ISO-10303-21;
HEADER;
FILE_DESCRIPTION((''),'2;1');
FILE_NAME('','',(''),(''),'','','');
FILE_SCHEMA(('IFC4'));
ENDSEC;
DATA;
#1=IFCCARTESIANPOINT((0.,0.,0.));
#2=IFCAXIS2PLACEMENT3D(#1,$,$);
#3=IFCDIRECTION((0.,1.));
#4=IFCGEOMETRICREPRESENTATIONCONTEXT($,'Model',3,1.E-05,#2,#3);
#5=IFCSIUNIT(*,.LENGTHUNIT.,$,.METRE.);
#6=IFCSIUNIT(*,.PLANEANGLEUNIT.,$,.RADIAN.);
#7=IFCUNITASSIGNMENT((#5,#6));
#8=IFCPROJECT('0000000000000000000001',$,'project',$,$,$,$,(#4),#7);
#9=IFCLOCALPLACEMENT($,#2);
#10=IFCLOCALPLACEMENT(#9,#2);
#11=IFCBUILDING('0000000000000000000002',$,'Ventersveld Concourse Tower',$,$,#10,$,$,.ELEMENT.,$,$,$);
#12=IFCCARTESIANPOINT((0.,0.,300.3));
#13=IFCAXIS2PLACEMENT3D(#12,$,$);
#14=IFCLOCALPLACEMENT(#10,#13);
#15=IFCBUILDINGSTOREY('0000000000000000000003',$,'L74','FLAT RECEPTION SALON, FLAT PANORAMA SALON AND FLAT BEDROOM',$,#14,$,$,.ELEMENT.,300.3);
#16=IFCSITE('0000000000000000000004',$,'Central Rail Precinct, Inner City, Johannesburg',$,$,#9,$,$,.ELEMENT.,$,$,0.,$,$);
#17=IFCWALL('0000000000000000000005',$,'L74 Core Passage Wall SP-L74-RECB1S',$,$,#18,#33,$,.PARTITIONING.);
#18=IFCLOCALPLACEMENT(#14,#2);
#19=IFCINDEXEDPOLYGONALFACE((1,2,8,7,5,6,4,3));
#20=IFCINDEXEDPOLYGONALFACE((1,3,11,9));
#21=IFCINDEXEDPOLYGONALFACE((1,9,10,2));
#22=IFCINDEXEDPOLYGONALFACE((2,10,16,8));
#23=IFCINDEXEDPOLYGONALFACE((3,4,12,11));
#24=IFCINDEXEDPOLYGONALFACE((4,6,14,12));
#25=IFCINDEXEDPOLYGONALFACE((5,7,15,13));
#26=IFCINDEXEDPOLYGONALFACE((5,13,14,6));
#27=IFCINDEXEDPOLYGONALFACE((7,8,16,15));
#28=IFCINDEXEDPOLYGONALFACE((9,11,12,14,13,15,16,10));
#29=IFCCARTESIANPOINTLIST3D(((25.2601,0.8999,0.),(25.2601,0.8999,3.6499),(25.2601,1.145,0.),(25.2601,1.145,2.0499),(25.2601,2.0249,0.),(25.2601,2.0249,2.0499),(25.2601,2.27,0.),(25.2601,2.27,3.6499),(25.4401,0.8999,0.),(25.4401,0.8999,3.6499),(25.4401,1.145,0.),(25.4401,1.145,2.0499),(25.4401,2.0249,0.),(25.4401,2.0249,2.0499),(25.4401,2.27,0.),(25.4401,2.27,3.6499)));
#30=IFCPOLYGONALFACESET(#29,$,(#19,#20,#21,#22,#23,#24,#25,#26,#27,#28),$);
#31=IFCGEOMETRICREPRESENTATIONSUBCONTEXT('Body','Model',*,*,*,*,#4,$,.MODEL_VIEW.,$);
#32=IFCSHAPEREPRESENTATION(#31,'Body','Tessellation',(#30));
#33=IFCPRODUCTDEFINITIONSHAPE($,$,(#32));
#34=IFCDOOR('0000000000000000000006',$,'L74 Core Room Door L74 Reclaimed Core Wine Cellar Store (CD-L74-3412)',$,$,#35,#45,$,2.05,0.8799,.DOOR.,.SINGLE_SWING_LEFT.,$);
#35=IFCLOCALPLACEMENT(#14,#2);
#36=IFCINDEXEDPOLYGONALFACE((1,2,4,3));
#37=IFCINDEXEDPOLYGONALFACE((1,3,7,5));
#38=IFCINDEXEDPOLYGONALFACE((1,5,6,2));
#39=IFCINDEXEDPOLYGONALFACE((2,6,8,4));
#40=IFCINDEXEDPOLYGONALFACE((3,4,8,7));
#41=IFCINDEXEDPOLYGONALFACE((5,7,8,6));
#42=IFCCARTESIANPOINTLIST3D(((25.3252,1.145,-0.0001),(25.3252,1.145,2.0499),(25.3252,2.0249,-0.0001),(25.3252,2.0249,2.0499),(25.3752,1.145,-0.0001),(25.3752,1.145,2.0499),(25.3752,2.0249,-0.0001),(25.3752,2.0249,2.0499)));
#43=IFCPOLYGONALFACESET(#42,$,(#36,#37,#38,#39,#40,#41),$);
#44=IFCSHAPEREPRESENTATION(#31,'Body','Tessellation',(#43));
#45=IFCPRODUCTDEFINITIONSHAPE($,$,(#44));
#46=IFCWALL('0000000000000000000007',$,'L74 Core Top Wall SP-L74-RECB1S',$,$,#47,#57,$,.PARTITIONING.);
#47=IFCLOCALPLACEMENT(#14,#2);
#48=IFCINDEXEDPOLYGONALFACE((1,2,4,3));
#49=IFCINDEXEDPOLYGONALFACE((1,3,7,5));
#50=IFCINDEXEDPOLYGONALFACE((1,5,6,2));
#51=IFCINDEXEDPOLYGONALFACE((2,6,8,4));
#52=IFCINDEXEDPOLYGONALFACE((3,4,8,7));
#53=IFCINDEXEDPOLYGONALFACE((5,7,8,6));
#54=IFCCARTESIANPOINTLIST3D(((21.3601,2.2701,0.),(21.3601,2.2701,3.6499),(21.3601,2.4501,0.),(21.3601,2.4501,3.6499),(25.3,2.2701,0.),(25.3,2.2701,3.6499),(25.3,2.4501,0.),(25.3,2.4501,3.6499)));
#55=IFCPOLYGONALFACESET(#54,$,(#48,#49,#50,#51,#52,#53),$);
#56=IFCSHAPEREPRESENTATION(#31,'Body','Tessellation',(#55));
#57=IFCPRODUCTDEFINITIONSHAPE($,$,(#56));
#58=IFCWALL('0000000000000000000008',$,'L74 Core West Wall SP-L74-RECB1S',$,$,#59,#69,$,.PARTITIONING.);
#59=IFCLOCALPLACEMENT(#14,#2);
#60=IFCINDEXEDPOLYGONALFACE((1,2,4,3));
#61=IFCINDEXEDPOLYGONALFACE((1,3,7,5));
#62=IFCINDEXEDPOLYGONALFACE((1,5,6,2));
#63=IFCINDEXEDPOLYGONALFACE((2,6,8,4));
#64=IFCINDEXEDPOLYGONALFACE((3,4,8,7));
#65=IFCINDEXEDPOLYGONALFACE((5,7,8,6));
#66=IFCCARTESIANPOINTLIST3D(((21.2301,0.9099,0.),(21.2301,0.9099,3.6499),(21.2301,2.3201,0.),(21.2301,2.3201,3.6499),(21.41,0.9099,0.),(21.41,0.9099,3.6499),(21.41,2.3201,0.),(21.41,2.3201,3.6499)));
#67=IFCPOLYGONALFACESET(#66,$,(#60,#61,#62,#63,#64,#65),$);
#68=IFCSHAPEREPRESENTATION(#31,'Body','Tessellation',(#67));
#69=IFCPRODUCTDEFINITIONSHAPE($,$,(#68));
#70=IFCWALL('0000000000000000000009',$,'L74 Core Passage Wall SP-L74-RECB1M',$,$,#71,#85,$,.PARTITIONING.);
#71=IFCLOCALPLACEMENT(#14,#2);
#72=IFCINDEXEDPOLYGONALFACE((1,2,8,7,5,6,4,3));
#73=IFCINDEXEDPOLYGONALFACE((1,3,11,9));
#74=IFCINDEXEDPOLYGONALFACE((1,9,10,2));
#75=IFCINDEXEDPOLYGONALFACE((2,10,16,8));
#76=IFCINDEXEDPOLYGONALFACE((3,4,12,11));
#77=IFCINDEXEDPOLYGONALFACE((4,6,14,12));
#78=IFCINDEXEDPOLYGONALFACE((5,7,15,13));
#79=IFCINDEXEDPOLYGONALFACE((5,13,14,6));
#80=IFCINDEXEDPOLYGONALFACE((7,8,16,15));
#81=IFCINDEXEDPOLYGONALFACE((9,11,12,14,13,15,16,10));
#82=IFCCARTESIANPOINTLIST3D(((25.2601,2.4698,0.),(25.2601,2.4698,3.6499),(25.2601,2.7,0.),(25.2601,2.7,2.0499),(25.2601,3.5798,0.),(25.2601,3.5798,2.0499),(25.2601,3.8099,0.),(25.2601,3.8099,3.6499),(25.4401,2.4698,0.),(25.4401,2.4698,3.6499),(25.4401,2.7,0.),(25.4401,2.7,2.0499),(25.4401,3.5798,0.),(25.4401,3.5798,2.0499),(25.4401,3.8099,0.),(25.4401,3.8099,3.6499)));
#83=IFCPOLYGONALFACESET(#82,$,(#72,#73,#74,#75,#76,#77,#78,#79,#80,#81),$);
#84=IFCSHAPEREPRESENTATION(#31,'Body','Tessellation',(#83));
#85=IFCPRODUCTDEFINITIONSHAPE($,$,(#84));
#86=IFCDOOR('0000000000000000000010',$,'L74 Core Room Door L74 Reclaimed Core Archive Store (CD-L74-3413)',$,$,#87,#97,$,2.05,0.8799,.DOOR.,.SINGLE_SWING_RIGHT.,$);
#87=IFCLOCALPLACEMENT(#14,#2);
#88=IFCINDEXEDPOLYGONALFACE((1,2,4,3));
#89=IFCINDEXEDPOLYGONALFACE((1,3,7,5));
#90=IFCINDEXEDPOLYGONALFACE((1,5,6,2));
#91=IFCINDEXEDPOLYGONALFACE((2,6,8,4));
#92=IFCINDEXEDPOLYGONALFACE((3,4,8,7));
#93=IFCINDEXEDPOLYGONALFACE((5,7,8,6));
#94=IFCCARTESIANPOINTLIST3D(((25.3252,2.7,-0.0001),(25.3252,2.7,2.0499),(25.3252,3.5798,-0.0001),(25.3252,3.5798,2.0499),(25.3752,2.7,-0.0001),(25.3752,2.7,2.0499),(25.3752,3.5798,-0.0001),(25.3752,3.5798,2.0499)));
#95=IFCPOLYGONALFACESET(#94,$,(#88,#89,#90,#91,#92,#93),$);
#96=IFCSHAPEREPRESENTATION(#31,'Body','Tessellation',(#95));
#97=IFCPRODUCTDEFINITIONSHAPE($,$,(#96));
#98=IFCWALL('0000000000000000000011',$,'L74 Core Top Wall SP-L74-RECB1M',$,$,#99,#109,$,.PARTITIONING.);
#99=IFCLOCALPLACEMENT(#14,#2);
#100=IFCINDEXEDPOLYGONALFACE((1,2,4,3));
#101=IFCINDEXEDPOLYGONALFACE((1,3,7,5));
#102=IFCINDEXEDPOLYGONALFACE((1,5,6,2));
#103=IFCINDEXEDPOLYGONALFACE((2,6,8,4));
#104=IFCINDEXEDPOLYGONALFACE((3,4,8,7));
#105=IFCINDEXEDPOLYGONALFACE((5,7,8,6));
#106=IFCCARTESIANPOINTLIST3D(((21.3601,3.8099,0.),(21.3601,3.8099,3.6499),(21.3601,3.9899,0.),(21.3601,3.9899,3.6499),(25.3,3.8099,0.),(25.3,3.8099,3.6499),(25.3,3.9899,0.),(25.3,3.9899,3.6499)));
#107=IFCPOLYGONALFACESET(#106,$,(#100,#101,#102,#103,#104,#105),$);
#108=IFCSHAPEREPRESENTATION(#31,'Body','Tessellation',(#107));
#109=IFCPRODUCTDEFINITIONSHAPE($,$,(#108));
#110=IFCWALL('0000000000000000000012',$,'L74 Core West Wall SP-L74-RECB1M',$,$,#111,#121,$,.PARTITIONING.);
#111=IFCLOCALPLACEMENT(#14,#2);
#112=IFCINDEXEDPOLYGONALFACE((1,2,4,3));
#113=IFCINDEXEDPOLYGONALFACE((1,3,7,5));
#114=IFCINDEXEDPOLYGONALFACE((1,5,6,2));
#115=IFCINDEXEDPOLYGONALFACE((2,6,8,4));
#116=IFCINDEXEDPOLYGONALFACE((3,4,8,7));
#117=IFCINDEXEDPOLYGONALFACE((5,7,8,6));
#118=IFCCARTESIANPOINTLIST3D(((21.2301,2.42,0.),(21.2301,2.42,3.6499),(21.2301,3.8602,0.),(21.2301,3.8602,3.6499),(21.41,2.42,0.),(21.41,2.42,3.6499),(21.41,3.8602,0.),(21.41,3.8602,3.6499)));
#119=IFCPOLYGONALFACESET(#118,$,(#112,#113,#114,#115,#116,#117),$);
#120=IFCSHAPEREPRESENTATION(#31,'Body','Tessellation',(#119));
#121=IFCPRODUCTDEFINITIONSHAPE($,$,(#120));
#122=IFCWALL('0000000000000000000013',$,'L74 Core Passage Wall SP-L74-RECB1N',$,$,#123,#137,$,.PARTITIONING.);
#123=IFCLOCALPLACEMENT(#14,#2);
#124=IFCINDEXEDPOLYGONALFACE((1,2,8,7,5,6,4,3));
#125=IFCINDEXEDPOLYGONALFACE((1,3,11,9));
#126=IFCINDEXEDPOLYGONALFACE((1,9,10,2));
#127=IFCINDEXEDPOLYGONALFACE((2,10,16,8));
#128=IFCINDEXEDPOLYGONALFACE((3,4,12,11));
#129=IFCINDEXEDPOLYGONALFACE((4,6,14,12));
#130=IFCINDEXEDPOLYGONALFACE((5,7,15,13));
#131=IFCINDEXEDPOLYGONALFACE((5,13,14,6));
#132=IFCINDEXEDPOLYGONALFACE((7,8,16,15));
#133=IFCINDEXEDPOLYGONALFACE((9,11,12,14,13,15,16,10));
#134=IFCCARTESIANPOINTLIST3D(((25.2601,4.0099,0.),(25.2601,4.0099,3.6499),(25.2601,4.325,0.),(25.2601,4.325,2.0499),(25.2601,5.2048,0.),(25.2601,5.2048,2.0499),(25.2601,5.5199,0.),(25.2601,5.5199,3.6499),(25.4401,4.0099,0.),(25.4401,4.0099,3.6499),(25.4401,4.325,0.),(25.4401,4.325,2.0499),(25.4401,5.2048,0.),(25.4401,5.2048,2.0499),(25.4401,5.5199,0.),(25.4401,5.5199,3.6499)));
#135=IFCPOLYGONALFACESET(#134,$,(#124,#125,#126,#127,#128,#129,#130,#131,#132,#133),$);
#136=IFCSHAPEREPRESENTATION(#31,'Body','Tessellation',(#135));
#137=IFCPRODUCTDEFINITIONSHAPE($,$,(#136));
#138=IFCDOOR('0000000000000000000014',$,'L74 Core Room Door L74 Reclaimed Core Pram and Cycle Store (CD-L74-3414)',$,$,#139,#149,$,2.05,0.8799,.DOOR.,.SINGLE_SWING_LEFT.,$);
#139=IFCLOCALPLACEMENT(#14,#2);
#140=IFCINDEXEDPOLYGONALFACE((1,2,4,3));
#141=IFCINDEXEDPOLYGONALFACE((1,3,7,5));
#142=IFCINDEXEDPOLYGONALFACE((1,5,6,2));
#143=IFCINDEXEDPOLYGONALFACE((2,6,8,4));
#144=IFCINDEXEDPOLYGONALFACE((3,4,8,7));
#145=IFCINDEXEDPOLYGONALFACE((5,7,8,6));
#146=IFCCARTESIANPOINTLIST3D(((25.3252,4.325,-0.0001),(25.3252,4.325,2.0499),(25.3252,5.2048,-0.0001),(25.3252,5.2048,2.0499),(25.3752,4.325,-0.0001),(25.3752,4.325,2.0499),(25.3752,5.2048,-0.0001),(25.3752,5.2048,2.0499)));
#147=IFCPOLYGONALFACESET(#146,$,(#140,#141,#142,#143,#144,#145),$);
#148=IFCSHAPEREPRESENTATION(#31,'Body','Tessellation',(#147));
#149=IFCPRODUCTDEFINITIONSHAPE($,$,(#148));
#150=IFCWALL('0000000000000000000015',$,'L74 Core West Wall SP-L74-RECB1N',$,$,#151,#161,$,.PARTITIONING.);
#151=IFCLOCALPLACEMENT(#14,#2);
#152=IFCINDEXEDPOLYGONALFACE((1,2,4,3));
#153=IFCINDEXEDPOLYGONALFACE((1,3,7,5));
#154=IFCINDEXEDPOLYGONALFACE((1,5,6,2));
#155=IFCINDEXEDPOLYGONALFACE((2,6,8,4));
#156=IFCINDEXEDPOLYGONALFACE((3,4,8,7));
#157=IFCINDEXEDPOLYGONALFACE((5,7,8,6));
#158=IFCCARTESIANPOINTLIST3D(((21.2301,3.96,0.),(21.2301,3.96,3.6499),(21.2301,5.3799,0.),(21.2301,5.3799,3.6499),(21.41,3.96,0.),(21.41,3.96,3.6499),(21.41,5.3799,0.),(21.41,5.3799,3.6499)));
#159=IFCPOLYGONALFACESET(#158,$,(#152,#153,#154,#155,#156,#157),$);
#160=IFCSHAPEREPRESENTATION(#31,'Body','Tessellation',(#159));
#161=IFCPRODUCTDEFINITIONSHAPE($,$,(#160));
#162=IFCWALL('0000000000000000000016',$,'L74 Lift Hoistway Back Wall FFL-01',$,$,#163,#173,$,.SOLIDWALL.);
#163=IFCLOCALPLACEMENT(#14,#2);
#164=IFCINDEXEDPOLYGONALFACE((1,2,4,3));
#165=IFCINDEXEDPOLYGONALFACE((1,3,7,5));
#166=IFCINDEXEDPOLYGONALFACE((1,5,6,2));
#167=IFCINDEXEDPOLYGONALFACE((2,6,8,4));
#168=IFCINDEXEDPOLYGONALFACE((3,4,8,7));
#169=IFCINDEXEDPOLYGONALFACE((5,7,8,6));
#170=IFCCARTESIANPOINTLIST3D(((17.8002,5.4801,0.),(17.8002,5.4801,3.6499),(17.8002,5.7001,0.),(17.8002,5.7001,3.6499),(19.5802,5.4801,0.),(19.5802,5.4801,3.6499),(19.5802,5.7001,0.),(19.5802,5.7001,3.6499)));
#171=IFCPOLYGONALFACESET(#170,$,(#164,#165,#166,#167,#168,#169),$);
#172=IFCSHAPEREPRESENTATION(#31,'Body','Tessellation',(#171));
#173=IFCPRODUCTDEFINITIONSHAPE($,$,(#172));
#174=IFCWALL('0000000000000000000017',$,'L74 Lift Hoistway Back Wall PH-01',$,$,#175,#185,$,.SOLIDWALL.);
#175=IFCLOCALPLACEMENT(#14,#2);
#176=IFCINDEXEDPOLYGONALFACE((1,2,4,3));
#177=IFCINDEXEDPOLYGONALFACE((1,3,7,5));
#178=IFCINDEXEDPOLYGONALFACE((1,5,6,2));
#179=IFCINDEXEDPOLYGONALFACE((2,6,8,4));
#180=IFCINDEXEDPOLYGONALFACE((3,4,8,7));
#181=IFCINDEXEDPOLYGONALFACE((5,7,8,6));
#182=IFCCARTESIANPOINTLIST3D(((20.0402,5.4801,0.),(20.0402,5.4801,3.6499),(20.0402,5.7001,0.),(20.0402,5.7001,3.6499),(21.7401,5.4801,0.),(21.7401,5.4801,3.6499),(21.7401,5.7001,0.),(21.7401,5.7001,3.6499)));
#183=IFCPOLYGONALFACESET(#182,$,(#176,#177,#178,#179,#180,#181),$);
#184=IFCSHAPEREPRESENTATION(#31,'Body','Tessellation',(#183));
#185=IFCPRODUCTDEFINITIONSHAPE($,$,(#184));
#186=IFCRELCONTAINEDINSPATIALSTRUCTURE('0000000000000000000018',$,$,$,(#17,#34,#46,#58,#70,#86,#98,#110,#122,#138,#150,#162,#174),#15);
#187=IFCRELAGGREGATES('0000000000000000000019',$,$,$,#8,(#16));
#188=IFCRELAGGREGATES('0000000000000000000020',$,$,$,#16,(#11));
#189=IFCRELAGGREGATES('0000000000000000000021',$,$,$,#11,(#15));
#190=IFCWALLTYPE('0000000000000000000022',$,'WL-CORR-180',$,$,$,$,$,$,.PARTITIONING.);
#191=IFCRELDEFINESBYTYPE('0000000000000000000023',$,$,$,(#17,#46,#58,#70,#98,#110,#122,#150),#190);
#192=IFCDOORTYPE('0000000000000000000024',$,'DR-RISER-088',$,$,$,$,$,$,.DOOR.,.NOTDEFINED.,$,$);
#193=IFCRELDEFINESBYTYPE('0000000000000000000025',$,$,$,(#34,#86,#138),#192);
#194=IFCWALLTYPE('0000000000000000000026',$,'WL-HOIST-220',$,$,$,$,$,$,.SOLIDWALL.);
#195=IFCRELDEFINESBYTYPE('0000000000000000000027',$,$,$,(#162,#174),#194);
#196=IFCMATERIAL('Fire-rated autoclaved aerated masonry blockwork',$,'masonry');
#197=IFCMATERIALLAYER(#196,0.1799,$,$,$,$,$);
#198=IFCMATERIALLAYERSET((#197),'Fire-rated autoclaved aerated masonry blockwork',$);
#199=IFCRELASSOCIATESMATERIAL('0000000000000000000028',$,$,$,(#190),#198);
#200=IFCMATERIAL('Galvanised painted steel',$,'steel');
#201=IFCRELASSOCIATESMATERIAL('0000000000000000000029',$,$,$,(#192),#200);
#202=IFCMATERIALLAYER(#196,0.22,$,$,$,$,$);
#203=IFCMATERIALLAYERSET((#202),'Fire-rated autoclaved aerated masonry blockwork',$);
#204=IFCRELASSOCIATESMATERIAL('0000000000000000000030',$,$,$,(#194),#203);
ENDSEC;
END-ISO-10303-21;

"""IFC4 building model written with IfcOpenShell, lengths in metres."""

from ifc_helpers import new_model, si_unit, direction, frame, frame_2d, origin, place, context, subcontext, project, spatial, rectangle, extrude, material, layer, layer_set, type_object, element, fill, save


model = new_model("IFC4")

# Units and contexts
model_context = context("Model", 3, precision=1e-05, world=origin(), true_north=direction((0.0, 1.0)))
body_context = subcontext(model_context, "Body", "Model", "MODEL_VIEW")
ifc_project = project(units=[si_unit("LENGTHUNIT", "METRE"), si_unit("PLANEANGLEUNIT", "RADIAN")], contexts=[model_context])

# Site, building, storey
site_placement = place(None, origin())
site = spatial("IfcSite", under=ifc_project, at=site_placement, Name="Central Rail Precinct, Inner City, Johannesburg", CompositionType="ELEMENT", RefElevation=0.0)
building_placement = place(site_placement, origin())
building = spatial("IfcBuilding", under=site, at=building_placement, Name="Ventersveld Concourse Tower", CompositionType="ELEMENT")
storey_placement = place(building_placement, frame((0.0, 0.0, 300.3)))
storey = spatial("IfcBuildingStorey", under=building, at=storey_placement, Name="L74", Description="FLAT RECEPTION SALON, FLAT PANORAMA SALON AND FLAT BEDROOM", CompositionType="ELEMENT", Elevation=300.3)

# Wall, opening, door
ifc_material_1 = material(Name="Fire-rated autoclaved aerated masonry blockwork", Category="masonry")
ifc_layer_1 = layer(ifc_material_1, 0.1799)
ifc_layer_set_1 = layer_set([ifc_layer_1], Name="Fire-rated autoclaved aerated masonry blockwork")
wall_type_1 = type_object("IfcWallType", Name="WL-CORR-180", PredefinedType="PARTITIONING", material=ifc_layer_set_1)
wall_1_placement = place(storey_placement, frame((25.3501, 0.8999, 0.0), z_axis=(0.0, 0.0, 1.0), x_axis=(0.0, 1.0, 0.0)))
wall_1 = element("IfcWall", 1, at=wall_1_placement, inside=storey, type_object=wall_type_1, Name="L74 Core Passage Wall SP-L74-RECB1S", PredefinedType="PARTITIONING", context=body_context, shape_type="SweptSolid", body=[
    extrude(rectangle(XDim=1.3701, YDim=0.1799, at=frame_2d((0.6851, 0.0))), origin(), (0.0, 0.0, 1.0), 3.6499),
])
opening_1_placement = place(wall_1_placement, frame((0.2451, 0.0, 0.0)))
opening_1 = element("IfcOpeningElement", 2, at=opening_1_placement, cuts=wall_1, PredefinedType="OPENING", context=body_context, shape_type="SweptSolid", body=[
    extrude(rectangle(XDim=0.8799, YDim=2.05, at=frame_2d((0.4399, 1.0249))), frame((0.0, 0.1001, 0.0), z_axis=(0.0, -1.0, 0.0), x_axis=(1.0, 0.0, 0.0)), (0.0, 0.0, 1.0), 0.2),
])
ifc_material_2 = material(Name="Galvanised painted steel", Category="steel")
door_type = type_object("IfcDoorType", Name="DR-RISER-088", OperationType="NOTDEFINED", PredefinedType="DOOR", material=ifc_material_2)
door_1_placement = place(opening_1_placement, origin())
door_1 = element("IfcDoor", 3, at=door_1_placement, inside=storey, type_object=door_type, Name="L74 Core Room Door L74 Reclaimed Core Wine Cellar Store (CD-L74-3412)", OperationType="SINGLE_SWING_LEFT", OverallHeight=2.05, OverallWidth=0.8799, PredefinedType="DOOR", context=body_context, shape_type="SweptSolid", body=[
    extrude(rectangle(XDim=0.8799, YDim=2.05, at=frame_2d((0.4399, 1.0249))), frame((0.0, 0.0249, 0.0), z_axis=(0.0, -1.0, 0.0), x_axis=(1.0, 0.0, 0.0)), (0.0, 0.0, 1.0), 0.05),
])
fill(opening_1, door_1)

# Walls
wall_2_placement = place(storey_placement, frame((21.3601, 2.3601, 0.0), z_axis=(0.0, 0.0, 1.0), x_axis=(1.0, 0.0, 0.0)))
element("IfcWall", 4, at=wall_2_placement, inside=storey, type_object=wall_type_1, Name="L74 Core Top Wall SP-L74-RECB1S", PredefinedType="PARTITIONING", context=body_context, shape_type="SweptSolid", body=[
    extrude(rectangle(XDim=3.9399, YDim=0.1799, at=frame_2d((1.97, 0.0))), origin(), (0.0, 0.0, 1.0), 3.6499),
])
wall_3_placement = place(storey_placement, frame((21.3201, 0.9099, 0.0), z_axis=(0.0, 0.0, 1.0), x_axis=(0.0, 1.0, 0.0)))
element("IfcWall", 5, at=wall_3_placement, inside=storey, type_object=wall_type_1, Name="L74 Core West Wall SP-L74-RECB1S", PredefinedType="PARTITIONING", context=body_context, shape_type="SweptSolid", body=[
    extrude(rectangle(XDim=1.4102, YDim=0.1799, at=frame_2d((0.7051, 0.0))), origin(), (0.0, 0.0, 1.0), 3.6499),
])

# Wall, opening, door
wall_4_placement = place(storey_placement, frame((25.3501, 2.47, 0.0), z_axis=(0.0, 0.0, 1.0), x_axis=(0.0, 1.0, 0.0)))
wall_4 = element("IfcWall", 6, at=wall_4_placement, inside=storey, type_object=wall_type_1, Name="L74 Core Passage Wall SP-L74-RECB1M", PredefinedType="PARTITIONING", context=body_context, shape_type="SweptSolid", body=[
    extrude(rectangle(XDim=1.3401, YDim=0.1799, at=frame_2d((0.6699, 0.0))), origin(), (0.0, 0.0, 1.0), 3.6499),
])
opening_2_placement = place(wall_4_placement, frame((0.23, 0.0, 0.0)))
opening_2 = element("IfcOpeningElement", 7, at=opening_2_placement, cuts=wall_4, PredefinedType="OPENING", context=body_context, shape_type="SweptSolid", body=[
    extrude(rectangle(XDim=0.8799, YDim=2.05, at=frame_2d((0.4399, 1.0249))), frame((0.0, 0.1001, 0.0), z_axis=(0.0, -1.0, 0.0), x_axis=(1.0, 0.0, 0.0)), (0.0, 0.0, 1.0), 0.2),
])
door_2_placement = place(opening_2_placement, origin())
door_2 = element("IfcDoor", 8, at=door_2_placement, inside=storey, type_object=door_type, Name="L74 Core Room Door L74 Reclaimed Core Archive Store (CD-L74-3413)", OperationType="SINGLE_SWING_RIGHT", OverallHeight=2.05, OverallWidth=0.8799, PredefinedType="DOOR", context=body_context, shape_type="SweptSolid", body=[
    extrude(rectangle(XDim=0.8799, YDim=2.05, at=frame_2d((0.4399, 1.0249))), frame((0.0, 0.0249, 0.0), z_axis=(0.0, -1.0, 0.0), x_axis=(1.0, 0.0, 0.0)), (0.0, 0.0, 1.0), 0.05),
])
fill(opening_2, door_2)

# Walls
wall_5_placement = place(storey_placement, frame((21.3601, 3.8999, 0.0), z_axis=(0.0, 0.0, 1.0), x_axis=(1.0, 0.0, 0.0)))
element("IfcWall", 9, at=wall_5_placement, inside=storey, type_object=wall_type_1, Name="L74 Core Top Wall SP-L74-RECB1M", PredefinedType="PARTITIONING", context=body_context, shape_type="SweptSolid", body=[
    extrude(rectangle(XDim=3.9399, YDim=0.1799, at=frame_2d((1.97, 0.0))), origin(), (0.0, 0.0, 1.0), 3.6499),
])
wall_6_placement = place(storey_placement, frame((21.3201, 2.4199, 0.0), z_axis=(0.0, 0.0, 1.0), x_axis=(0.0, 1.0, 0.0)))
element("IfcWall", 10, at=wall_6_placement, inside=storey, type_object=wall_type_1, Name="L74 Core West Wall SP-L74-RECB1M", PredefinedType="PARTITIONING", context=body_context, shape_type="SweptSolid", body=[
    extrude(rectangle(XDim=1.4402, YDim=0.1799, at=frame_2d((0.7202, 0.0))), origin(), (0.0, 0.0, 1.0), 3.6499),
])

# Wall, opening, door
wall_7_placement = place(storey_placement, frame((25.3501, 4.01, 0.0), z_axis=(0.0, 0.0, 1.0), x_axis=(0.0, 1.0, 0.0)))
wall_7 = element("IfcWall", 11, at=wall_7_placement, inside=storey, type_object=wall_type_1, Name="L74 Core Passage Wall SP-L74-RECB1N", PredefinedType="PARTITIONING", context=body_context, shape_type="SweptSolid", body=[
    extrude(rectangle(XDim=1.51, YDim=0.1799, at=frame_2d((0.7549, 0.0))), origin(), (0.0, 0.0, 1.0), 3.6499),
])
opening_3_placement = place(wall_7_placement, frame((0.3149, 0.0, 0.0)))
opening_3 = element("IfcOpeningElement", 12, at=opening_3_placement, cuts=wall_7, PredefinedType="OPENING", context=body_context, shape_type="SweptSolid", body=[
    extrude(rectangle(XDim=0.8799, YDim=2.05, at=frame_2d((0.4399, 1.0249))), frame((0.0, 0.1001, 0.0), z_axis=(0.0, -1.0, 0.0), x_axis=(1.0, 0.0, 0.0)), (0.0, 0.0, 1.0), 0.2),
])
door_3_placement = place(opening_3_placement, origin())
door_3 = element("IfcDoor", 13, at=door_3_placement, inside=storey, type_object=door_type, Name="L74 Core Room Door L74 Reclaimed Core Pram and Cycle Store (CD-L74-3414)", OperationType="SINGLE_SWING_LEFT", OverallHeight=2.05, OverallWidth=0.8799, PredefinedType="DOOR", context=body_context, shape_type="SweptSolid", body=[
    extrude(rectangle(XDim=0.8799, YDim=2.05, at=frame_2d((0.4399, 1.0249))), frame((0.0, 0.0249, 0.0), z_axis=(0.0, -1.0, 0.0), x_axis=(1.0, 0.0, 0.0)), (0.0, 0.0, 1.0), 0.05),
])
fill(opening_3, door_3)

# Walls
wall_8_placement = place(storey_placement, frame((21.3201, 3.96, 0.0), z_axis=(0.0, 0.0, 1.0), x_axis=(0.0, 1.0, 0.0)))
element("IfcWall", 14, at=wall_8_placement, inside=storey, type_object=wall_type_1, Name="L74 Core West Wall SP-L74-RECB1N", PredefinedType="PARTITIONING", context=body_context, shape_type="SweptSolid", body=[
    extrude(rectangle(XDim=1.4199, YDim=0.1799, at=frame_2d((0.71, 0.0))), origin(), (0.0, 0.0, 1.0), 3.6499),
])
ifc_layer_2 = layer(ifc_material_1, 0.22)
ifc_layer_set_2 = layer_set([ifc_layer_2], Name="Fire-rated autoclaved aerated masonry blockwork")
wall_type_2 = type_object("IfcWallType", Name="WL-HOIST-220", PredefinedType="SOLIDWALL", material=ifc_layer_set_2)
wall_9_placement = place(storey_placement, frame((17.8, 5.5901, 0.0), z_axis=(0.0, 0.0, 1.0), x_axis=(1.0, 0.0, 0.0)))
element("IfcWall", 15, at=wall_9_placement, inside=storey, type_object=wall_type_2, Name="L74 Lift Hoistway Back Wall FFL-01", PredefinedType="SOLIDWALL", context=body_context, shape_type="SweptSolid", body=[
    extrude(rectangle(XDim=1.78, YDim=0.22, at=frame_2d((0.8901, 0.0))), origin(), (0.0, 0.0, 1.0), 3.6499),
])
wall_10_placement = place(storey_placement, frame((20.04, 5.5901, 0.0), z_axis=(0.0, 0.0, 1.0), x_axis=(1.0, 0.0, 0.0)))
element("IfcWall", 16, at=wall_10_placement, inside=storey, type_object=wall_type_2, Name="L74 Lift Hoistway Back Wall PH-01", PredefinedType="SOLIDWALL", context=body_context, shape_type="SweptSolid", body=[
    extrude(rectangle(XDim=1.7, YDim=0.22, at=frame_2d((0.8501, 0.0))), origin(), (0.0, 0.0, 1.0), 3.6499),
])

save(model, "model.ifc")
